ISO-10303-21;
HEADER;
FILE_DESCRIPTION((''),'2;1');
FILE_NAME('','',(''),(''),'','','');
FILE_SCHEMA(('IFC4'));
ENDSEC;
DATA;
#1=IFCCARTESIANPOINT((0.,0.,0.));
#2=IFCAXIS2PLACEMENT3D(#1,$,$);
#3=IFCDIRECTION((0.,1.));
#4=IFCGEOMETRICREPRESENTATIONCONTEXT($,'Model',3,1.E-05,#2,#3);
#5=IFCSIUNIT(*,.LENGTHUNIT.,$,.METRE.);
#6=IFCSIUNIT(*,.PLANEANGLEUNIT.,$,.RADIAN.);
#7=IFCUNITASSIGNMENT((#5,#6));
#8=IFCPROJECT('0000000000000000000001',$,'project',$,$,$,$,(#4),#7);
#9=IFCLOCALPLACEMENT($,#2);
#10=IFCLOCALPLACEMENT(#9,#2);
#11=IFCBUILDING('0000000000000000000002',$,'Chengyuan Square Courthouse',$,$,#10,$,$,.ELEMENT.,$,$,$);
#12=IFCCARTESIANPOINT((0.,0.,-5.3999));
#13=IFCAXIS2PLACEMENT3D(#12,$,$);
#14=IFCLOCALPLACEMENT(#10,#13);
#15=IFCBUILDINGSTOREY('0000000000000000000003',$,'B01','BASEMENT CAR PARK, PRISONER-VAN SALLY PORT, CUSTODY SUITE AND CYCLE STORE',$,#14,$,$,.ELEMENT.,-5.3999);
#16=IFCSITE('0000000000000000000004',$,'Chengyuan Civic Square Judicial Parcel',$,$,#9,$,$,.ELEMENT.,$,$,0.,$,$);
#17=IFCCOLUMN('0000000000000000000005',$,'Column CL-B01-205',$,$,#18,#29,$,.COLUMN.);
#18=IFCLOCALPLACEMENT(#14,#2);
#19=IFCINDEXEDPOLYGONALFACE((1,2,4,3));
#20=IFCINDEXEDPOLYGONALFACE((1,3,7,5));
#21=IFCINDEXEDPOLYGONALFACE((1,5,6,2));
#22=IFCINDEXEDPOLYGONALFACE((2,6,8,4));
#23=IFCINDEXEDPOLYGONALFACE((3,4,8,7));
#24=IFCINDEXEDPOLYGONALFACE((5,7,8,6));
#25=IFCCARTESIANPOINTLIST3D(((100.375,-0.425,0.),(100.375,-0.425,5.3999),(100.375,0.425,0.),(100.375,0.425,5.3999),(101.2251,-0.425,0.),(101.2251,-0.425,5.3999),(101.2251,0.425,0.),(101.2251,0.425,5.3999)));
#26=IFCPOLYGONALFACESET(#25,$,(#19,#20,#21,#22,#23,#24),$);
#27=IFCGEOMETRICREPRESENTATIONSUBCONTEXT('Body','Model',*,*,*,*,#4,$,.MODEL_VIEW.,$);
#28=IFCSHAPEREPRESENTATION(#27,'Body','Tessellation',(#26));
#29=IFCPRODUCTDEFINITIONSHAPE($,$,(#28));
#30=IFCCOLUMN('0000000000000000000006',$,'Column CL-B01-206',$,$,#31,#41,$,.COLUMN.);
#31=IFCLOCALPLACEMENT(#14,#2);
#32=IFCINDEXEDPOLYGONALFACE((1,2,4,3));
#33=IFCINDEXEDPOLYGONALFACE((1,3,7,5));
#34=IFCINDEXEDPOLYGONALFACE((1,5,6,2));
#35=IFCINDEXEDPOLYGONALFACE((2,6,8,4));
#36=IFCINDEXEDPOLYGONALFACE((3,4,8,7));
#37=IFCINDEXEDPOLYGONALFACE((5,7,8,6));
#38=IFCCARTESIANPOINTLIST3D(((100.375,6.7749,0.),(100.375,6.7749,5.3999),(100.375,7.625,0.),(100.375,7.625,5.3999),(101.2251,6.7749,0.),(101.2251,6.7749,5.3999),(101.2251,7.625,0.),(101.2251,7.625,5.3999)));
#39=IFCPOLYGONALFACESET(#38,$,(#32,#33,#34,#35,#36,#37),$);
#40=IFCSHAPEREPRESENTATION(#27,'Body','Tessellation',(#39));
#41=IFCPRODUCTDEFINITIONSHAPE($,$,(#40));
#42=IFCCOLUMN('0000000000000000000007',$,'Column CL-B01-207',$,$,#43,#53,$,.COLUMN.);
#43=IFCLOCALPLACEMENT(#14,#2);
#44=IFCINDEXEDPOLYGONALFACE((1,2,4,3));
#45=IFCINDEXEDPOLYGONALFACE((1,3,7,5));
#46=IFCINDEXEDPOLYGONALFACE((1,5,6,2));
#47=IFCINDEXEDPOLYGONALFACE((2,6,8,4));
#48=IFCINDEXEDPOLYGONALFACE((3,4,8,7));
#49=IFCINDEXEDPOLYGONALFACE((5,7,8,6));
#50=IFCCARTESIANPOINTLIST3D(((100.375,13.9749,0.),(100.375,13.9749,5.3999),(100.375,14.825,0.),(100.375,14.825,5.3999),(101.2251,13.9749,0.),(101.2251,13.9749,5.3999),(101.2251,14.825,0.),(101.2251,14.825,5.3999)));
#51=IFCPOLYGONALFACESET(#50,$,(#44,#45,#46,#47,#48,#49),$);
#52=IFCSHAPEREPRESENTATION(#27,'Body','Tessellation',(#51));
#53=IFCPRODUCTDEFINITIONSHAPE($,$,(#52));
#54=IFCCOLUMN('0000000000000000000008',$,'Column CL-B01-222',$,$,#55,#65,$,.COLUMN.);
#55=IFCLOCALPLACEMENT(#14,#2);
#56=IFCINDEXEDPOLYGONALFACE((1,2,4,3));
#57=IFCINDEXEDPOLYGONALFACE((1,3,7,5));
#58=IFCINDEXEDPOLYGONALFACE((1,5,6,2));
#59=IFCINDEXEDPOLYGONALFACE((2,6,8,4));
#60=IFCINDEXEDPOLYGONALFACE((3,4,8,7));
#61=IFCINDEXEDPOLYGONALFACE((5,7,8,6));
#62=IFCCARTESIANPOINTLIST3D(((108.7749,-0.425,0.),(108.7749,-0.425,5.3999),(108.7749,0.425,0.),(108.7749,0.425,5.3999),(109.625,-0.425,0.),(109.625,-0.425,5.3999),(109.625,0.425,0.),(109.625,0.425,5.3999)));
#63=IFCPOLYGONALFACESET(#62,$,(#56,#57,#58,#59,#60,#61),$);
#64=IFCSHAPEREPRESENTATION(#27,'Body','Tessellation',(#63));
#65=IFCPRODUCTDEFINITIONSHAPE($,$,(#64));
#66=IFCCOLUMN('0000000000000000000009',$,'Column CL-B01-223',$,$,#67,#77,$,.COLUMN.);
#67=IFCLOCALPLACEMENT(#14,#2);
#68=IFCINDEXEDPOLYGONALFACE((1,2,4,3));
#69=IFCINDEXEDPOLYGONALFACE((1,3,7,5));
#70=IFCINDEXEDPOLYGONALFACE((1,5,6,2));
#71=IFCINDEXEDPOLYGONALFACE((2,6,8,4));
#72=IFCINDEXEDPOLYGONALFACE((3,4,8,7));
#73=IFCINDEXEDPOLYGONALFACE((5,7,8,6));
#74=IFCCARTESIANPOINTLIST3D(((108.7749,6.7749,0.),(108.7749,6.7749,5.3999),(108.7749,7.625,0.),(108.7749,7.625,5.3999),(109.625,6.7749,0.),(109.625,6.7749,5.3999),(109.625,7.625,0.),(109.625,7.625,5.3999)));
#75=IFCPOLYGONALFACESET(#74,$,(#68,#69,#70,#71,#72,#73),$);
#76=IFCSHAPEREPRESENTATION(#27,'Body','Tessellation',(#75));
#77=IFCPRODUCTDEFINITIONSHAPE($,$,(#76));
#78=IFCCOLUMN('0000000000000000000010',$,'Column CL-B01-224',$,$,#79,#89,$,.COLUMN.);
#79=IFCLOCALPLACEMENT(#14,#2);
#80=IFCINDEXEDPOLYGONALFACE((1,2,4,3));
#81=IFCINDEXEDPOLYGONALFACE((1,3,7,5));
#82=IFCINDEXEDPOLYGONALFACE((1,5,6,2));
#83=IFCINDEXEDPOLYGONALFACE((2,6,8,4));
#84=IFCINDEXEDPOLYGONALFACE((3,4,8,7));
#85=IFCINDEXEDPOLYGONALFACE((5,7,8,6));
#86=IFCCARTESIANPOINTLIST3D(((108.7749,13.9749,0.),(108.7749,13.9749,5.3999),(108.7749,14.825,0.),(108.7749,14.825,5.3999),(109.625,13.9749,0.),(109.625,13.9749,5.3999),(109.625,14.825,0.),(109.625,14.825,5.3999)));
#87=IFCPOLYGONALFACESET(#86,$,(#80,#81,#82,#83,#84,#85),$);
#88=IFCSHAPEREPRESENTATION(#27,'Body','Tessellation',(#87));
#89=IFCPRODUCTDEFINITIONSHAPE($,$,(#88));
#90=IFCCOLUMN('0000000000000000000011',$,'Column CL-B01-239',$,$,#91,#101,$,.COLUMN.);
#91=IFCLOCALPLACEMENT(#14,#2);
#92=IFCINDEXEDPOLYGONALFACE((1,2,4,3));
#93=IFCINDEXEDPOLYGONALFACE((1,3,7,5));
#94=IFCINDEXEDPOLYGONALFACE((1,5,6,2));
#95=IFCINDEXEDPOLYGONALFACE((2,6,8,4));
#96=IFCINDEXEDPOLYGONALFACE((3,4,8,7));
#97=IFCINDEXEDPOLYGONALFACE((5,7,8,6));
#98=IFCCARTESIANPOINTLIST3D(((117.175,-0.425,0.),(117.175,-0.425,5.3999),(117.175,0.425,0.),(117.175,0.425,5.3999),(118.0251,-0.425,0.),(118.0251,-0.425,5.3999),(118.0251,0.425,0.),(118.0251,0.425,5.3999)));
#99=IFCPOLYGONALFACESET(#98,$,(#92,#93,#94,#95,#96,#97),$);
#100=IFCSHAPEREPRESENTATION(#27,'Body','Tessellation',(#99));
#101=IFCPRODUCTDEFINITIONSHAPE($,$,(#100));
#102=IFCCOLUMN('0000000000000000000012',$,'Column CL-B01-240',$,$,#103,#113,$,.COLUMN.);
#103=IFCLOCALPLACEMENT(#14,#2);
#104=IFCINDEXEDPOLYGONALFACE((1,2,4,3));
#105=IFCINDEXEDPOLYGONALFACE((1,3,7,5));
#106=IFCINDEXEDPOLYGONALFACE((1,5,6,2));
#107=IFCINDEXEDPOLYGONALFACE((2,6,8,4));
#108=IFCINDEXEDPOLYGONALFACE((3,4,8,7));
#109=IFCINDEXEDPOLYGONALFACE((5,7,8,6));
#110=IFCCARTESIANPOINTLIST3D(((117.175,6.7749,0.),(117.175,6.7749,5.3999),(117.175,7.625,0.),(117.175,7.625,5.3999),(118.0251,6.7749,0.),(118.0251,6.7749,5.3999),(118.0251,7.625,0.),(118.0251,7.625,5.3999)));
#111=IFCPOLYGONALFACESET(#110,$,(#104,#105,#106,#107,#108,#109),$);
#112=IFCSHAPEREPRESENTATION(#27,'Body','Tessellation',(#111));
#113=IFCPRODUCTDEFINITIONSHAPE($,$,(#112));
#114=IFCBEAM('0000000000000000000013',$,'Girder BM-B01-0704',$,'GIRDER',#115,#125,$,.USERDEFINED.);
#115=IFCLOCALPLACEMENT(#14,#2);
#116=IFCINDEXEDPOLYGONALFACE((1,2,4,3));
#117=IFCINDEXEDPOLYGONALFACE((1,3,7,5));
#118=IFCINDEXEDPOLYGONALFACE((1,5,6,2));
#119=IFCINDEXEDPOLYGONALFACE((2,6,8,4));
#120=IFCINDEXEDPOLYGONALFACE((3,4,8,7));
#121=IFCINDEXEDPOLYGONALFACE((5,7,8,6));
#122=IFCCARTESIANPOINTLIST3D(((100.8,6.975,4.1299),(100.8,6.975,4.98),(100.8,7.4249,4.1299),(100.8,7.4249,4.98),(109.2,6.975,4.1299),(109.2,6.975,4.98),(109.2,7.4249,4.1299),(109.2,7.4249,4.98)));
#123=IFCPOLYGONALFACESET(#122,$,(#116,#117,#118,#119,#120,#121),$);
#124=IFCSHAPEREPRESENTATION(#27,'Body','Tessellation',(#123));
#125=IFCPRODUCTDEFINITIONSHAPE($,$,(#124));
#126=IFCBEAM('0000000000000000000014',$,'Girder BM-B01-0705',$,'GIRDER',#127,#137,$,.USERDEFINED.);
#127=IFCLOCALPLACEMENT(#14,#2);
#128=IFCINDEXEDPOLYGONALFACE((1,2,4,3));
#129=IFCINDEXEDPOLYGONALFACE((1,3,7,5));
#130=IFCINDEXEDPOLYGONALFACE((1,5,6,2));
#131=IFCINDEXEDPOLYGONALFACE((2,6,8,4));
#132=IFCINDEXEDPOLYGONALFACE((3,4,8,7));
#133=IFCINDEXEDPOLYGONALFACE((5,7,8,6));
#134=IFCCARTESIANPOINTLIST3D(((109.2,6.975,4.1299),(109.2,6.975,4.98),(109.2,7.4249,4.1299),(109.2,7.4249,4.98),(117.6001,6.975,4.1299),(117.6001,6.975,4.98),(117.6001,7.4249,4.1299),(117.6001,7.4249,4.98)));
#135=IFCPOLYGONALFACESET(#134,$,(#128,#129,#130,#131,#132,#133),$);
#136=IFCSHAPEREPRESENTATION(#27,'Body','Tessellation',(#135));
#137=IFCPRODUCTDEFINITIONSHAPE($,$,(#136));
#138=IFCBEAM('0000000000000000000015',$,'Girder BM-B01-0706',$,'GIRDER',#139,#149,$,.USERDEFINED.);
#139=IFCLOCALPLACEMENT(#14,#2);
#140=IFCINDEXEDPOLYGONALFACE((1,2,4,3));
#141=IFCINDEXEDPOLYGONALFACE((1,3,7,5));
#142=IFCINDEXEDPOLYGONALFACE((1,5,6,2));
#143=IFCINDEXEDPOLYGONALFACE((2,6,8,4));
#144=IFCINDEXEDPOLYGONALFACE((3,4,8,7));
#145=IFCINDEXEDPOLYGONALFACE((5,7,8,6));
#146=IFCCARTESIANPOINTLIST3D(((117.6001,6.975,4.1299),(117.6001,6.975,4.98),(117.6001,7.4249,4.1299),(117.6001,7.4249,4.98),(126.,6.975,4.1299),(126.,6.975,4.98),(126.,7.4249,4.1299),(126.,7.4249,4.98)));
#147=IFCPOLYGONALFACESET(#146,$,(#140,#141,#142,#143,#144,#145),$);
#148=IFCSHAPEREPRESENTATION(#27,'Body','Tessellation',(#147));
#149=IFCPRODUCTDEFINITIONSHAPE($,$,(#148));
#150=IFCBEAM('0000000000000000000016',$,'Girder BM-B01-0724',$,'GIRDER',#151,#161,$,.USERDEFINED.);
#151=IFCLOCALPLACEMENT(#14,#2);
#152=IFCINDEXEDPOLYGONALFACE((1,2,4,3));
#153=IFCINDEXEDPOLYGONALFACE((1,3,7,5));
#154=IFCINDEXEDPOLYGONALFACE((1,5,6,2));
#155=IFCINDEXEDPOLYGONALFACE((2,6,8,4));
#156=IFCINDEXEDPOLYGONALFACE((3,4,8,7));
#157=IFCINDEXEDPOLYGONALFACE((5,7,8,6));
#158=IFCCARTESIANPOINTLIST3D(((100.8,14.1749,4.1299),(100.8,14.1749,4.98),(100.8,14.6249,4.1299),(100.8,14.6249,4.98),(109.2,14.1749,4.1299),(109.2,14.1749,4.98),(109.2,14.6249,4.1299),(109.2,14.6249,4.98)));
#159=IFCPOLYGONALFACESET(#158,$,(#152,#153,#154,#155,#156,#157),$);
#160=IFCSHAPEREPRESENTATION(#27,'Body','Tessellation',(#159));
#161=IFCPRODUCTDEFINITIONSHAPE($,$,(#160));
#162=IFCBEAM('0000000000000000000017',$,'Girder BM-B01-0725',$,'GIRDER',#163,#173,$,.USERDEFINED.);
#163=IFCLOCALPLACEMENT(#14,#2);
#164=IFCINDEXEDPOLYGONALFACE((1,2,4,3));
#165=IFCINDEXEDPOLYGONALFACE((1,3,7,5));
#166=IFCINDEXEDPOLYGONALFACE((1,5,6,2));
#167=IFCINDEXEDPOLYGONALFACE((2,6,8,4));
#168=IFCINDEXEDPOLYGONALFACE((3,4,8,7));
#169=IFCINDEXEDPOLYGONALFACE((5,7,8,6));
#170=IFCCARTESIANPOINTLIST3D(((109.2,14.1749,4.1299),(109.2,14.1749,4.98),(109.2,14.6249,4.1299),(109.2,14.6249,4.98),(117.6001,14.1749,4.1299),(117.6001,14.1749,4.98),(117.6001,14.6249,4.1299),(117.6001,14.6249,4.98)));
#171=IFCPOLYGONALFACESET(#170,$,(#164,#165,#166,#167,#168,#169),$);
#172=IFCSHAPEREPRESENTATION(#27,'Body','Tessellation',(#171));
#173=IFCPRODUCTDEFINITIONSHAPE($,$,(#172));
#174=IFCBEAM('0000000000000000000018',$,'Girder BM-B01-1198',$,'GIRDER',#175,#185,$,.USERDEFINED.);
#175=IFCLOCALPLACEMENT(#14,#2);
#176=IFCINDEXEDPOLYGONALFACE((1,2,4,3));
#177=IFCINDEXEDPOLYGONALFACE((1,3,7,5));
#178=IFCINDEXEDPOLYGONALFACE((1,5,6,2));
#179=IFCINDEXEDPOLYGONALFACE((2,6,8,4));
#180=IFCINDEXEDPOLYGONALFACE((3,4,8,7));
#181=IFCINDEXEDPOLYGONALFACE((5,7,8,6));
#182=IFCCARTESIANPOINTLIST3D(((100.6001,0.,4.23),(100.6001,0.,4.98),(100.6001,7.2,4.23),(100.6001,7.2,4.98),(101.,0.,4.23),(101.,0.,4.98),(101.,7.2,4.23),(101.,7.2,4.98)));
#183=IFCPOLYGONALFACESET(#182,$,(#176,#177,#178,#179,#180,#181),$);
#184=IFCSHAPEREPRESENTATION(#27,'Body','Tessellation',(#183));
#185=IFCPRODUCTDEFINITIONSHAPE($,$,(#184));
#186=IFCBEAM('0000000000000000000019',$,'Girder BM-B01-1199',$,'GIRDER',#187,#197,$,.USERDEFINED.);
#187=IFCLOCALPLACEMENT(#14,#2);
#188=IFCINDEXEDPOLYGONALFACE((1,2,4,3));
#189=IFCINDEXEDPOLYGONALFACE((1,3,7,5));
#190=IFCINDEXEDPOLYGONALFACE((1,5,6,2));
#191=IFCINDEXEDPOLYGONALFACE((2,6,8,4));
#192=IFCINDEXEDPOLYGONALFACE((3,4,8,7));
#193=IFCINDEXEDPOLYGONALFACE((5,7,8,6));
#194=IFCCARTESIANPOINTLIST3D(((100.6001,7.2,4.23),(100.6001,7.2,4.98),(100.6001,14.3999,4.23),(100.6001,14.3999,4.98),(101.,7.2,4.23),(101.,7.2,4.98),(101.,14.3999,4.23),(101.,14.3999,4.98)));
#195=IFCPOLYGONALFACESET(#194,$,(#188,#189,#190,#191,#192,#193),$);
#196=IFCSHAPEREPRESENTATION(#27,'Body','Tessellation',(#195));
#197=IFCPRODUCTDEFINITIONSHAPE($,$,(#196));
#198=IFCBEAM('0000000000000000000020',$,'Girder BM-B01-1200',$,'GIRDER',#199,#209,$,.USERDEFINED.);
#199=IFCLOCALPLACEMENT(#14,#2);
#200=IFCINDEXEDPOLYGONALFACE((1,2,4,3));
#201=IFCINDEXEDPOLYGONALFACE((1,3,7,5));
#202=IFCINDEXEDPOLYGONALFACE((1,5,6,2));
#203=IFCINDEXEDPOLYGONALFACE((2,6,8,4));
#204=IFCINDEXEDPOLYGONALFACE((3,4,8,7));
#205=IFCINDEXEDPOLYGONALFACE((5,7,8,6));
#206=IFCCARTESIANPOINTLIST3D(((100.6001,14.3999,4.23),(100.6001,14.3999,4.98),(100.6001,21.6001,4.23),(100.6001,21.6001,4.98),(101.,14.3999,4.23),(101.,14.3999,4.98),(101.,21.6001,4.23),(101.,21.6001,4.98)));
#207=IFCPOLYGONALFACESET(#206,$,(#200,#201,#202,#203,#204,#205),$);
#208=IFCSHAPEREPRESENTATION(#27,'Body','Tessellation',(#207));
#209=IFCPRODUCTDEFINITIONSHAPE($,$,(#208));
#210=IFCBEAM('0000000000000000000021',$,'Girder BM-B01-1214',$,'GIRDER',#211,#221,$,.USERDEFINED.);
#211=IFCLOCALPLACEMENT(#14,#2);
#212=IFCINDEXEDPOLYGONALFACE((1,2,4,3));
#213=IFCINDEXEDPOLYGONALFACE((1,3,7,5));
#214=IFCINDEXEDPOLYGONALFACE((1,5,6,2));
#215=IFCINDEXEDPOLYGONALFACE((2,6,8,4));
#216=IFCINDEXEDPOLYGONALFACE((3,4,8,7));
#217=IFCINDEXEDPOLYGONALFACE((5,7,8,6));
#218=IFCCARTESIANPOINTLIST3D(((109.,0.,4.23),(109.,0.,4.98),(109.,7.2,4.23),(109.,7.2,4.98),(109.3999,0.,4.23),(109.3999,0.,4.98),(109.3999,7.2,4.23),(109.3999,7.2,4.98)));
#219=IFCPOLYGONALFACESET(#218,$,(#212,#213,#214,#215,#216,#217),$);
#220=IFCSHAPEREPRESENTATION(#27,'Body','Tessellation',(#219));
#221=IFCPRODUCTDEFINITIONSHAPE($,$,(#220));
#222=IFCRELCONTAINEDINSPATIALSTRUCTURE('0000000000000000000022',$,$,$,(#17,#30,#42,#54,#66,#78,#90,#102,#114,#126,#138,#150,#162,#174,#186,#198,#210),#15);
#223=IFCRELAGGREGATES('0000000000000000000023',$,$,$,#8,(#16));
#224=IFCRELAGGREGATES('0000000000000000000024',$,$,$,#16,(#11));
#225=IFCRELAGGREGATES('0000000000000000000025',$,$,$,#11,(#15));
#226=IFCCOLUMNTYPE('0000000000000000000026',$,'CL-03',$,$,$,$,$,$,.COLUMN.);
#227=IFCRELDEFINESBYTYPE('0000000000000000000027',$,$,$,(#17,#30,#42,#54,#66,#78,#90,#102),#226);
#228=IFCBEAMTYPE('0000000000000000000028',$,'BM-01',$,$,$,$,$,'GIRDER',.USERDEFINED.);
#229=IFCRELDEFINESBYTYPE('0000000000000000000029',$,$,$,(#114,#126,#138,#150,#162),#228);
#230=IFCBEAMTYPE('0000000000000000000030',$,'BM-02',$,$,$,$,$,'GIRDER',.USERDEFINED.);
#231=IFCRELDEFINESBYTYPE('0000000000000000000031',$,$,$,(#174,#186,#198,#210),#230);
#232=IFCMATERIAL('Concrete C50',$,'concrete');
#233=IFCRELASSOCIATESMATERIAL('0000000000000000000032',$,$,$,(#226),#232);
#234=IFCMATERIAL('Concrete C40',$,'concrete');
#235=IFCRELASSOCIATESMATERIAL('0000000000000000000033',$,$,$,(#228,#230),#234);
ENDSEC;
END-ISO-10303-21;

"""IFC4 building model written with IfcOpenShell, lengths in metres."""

from ifc_helpers import new_model, si_unit, direction, frame, origin, origin_2d, place, context, subcontext, project, spatial, rectangle, extrude, material, material_profile, profile_set, type_object, element, save


model = new_model("IFC4")

# Units and contexts
model_context = context("Model", 3, precision=1e-05, world=origin(), true_north=direction((0.0, 1.0)))
body_context = subcontext(model_context, "Body", "Model", "MODEL_VIEW")
ifc_project = project(units=[si_unit("LENGTHUNIT", "METRE"), si_unit("PLANEANGLEUNIT", "RADIAN")], contexts=[model_context])

# Site, building, storey
site_placement = place(None, origin())
site = spatial("IfcSite", under=ifc_project, at=site_placement, Name="Chengyuan Civic Square Judicial Parcel", CompositionType="ELEMENT", RefElevation=0.0)
building_placement = place(site_placement, origin())
building = spatial("IfcBuilding", under=site, at=building_placement, Name="Chengyuan Square Courthouse", CompositionType="ELEMENT")
storey_placement = place(building_placement, frame((0.0, 0.0, -5.3999)))
storey = spatial("IfcBuildingStorey", under=building, at=storey_placement, Name="B01", Description="BASEMENT CAR PARK, PRISONER-VAN SALLY PORT, CUSTODY SUITE AND CYCLE STORE", CompositionType="ELEMENT", Elevation=-5.3999)

# Columns
ifc_material_1 = material(Name="Concrete C50", Category="concrete")
ifc_material_profile_1 = material_profile(ifc_material_1, rectangle(XDim=0.8501, YDim=0.8501, at=origin_2d()), Name="RC-COL-850x850")
ifc_profile_set_1 = profile_set([ifc_material_profile_1], Name="Concrete C50")
column_type = type_object("IfcColumnType", Name="CL-03", PredefinedType="COLUMN", material=ifc_profile_set_1)
for number, where, z_axis, x_axis, name in (
    (1, (100.8, 0.0, 0.0), (0.0, 0.0, 1.0), (1.0, 0.0, 0.0), "Column CL-B01-205"),
    (2, (100.8, 7.2, 0.0), (0.0, 0.0, 1.0), (1.0, 0.0, 0.0), "Column CL-B01-206"),
    (3, (100.8, 14.3999, 0.0), (0.0, 0.0, 1.0), (1.0, 0.0, 0.0), "Column CL-B01-207"),
    (4, (109.2, 0.0, 0.0), (0.0, 0.0, 1.0), (1.0, 0.0, 0.0), "Column CL-B01-222"),
    (5, (109.2, 7.2, 0.0), (0.0, 0.0, 1.0), (1.0, 0.0, 0.0), "Column CL-B01-223"),
    (6, (109.2, 14.3999, 0.0), (0.0, 0.0, 1.0), (1.0, 0.0, 0.0), "Column CL-B01-224"),
    (7, (117.6001, 0.0, 0.0), (0.0, 0.0, 1.0), (1.0, 0.0, 0.0), "Column CL-B01-239"),
    (8, (117.6001, 7.2, 0.0), (0.0, 0.0, 1.0), (1.0, 0.0, 0.0), "Column CL-B01-240"),
):
    element("IfcColumn", number, at=place(storey_placement, frame(where, z_axis=z_axis, x_axis=x_axis)), inside=storey, type_object=column_type, Name=name, PredefinedType="COLUMN", context=body_context, shape_type="SweptSolid", body=[
        extrude(rectangle(XDim=0.8501, YDim=0.8501, at=origin_2d()), origin(), (0.0, 0.0, 1.0), 5.3999),
    ])

# Beams
ifc_material_2 = material(Name="Concrete C40", Category="concrete")
ifc_material_profile_2 = material_profile(ifc_material_2, rectangle(XDim=0.45, YDim=0.8501, at=origin_2d()), Name="RC-BM-450x850")
ifc_profile_set_2 = profile_set([ifc_material_profile_2], Name="Concrete C40")
beam_type_1 = type_object("IfcBeamType", Name="BM-01", ElementType="GIRDER", PredefinedType="USERDEFINED", material=ifc_profile_set_2)
beam_1_placement = place(storey_placement, frame((100.8, 7.2, 4.5549), z_axis=(1.0, 0.0, 0.0), x_axis=(0.0, 1.0, 0.0)))
element("IfcBeam", 9, at=beam_1_placement, inside=storey, type_object=beam_type_1, Name="Girder BM-B01-0704", ObjectType="GIRDER", PredefinedType="USERDEFINED", context=body_context, shape_type="SweptSolid", body=[
    extrude(rectangle(XDim=0.45, YDim=0.8501, at=origin_2d()), origin(), (0.0, 0.0, 1.0), 8.3999),
])
beam_2_placement = place(storey_placement, frame((109.2, 7.2, 4.5549), z_axis=(1.0, 0.0, 0.0), x_axis=(0.0, 1.0, 0.0)))
element("IfcBeam", 10, at=beam_2_placement, inside=storey, type_object=beam_type_1, Name="Girder BM-B01-0705", ObjectType="GIRDER", PredefinedType="USERDEFINED", context=body_context, shape_type="SweptSolid", body=[
    extrude(rectangle(XDim=0.45, YDim=0.8501, at=origin_2d()), origin(), (0.0, 0.0, 1.0), 8.4001),
])
for number, where, z_axis, x_axis, name in (
    (11, (117.6001, 7.2, 4.5549), (1.0, 0.0, 0.0), (0.0, 1.0, 0.0), "Girder BM-B01-0706"),
    (12, (100.8, 14.3999, 4.5549), (1.0, 0.0, 0.0), (0.0, 1.0, 0.0), "Girder BM-B01-0724"),
):
    element("IfcBeam", number, at=place(storey_placement, frame(where, z_axis=z_axis, x_axis=x_axis)), inside=storey, type_object=beam_type_1, Name=name, ObjectType="GIRDER", PredefinedType="USERDEFINED", context=body_context, shape_type="SweptSolid", body=[
        extrude(rectangle(XDim=0.45, YDim=0.8501, at=origin_2d()), origin(), (0.0, 0.0, 1.0), 8.3999),
    ])
beam_3_placement = place(storey_placement, frame((109.2, 14.3999, 4.5549), z_axis=(1.0, 0.0, 0.0), x_axis=(0.0, 1.0, 0.0)))
element("IfcBeam", 13, at=beam_3_placement, inside=storey, type_object=beam_type_1, Name="Girder BM-B01-0725", ObjectType="GIRDER", PredefinedType="USERDEFINED", context=body_context, shape_type="SweptSolid", body=[
    extrude(rectangle(XDim=0.45, YDim=0.8501, at=origin_2d()), origin(), (0.0, 0.0, 1.0), 8.4001),
])
ifc_material_profile_3 = material_profile(ifc_material_2, rectangle(XDim=0.3999, YDim=0.75, at=origin_2d()), Name="RC-BM-400x750")
ifc_profile_set_3 = profile_set([ifc_material_profile_3], Name="Concrete C40")
beam_type_2 = type_object("IfcBeamType", Name="BM-02", ElementType="GIRDER", PredefinedType="USERDEFINED", material=ifc_profile_set_3)
for number, where, z_axis, x_axis, name in (
    (14, (100.8, 0.0, 4.605), (0.0, 1.0, 0.0), (-1.0, 0.0, 0.0), "Girder BM-B01-1198"),
    (15, (100.8, 7.2, 4.605), (0.0, 1.0, 0.0), (-1.0, 0.0, 0.0), "Girder BM-B01-1199"),
):
    element("IfcBeam", number, at=place(storey_placement, frame(where, z_axis=z_axis, x_axis=x_axis)), inside=storey, type_object=beam_type_2, Name=name, ObjectType="GIRDER", PredefinedType="USERDEFINED", context=body_context, shape_type="SweptSolid", body=[
        extrude(rectangle(XDim=0.3999, YDim=0.75, at=origin_2d()), origin(), (0.0, 0.0, 1.0), 7.2),
    ])
beam_4_placement = place(storey_placement, frame((100.8, 14.3999, 4.605), z_axis=(0.0, 1.0, 0.0), x_axis=(-1.0, 0.0, 0.0)))
element("IfcBeam", 16, at=beam_4_placement, inside=storey, type_object=beam_type_2, Name="Girder BM-B01-1200", ObjectType="GIRDER", PredefinedType="USERDEFINED", context=body_context, shape_type="SweptSolid", body=[
    extrude(rectangle(XDim=0.3999, YDim=0.75, at=origin_2d()), origin(), (0.0, 0.0, 1.0), 7.2002),
])
for number, where, z_axis, x_axis, name in (
    (17, (109.2, 0.0, 4.605), (0.0, 1.0, 0.0), (-1.0, 0.0, 0.0), "Girder BM-B01-1214"),
):
    element("IfcBeam", number, at=place(storey_placement, frame(where, z_axis=z_axis, x_axis=x_axis)), inside=storey, type_object=beam_type_2, Name=name, ObjectType="GIRDER", PredefinedType="USERDEFINED", context=body_context, shape_type="SweptSolid", body=[
        extrude(rectangle(XDim=0.3999, YDim=0.75, at=origin_2d()), origin(), (0.0, 0.0, 1.0), 7.2),
    ])

save(model, "model.ifc")
